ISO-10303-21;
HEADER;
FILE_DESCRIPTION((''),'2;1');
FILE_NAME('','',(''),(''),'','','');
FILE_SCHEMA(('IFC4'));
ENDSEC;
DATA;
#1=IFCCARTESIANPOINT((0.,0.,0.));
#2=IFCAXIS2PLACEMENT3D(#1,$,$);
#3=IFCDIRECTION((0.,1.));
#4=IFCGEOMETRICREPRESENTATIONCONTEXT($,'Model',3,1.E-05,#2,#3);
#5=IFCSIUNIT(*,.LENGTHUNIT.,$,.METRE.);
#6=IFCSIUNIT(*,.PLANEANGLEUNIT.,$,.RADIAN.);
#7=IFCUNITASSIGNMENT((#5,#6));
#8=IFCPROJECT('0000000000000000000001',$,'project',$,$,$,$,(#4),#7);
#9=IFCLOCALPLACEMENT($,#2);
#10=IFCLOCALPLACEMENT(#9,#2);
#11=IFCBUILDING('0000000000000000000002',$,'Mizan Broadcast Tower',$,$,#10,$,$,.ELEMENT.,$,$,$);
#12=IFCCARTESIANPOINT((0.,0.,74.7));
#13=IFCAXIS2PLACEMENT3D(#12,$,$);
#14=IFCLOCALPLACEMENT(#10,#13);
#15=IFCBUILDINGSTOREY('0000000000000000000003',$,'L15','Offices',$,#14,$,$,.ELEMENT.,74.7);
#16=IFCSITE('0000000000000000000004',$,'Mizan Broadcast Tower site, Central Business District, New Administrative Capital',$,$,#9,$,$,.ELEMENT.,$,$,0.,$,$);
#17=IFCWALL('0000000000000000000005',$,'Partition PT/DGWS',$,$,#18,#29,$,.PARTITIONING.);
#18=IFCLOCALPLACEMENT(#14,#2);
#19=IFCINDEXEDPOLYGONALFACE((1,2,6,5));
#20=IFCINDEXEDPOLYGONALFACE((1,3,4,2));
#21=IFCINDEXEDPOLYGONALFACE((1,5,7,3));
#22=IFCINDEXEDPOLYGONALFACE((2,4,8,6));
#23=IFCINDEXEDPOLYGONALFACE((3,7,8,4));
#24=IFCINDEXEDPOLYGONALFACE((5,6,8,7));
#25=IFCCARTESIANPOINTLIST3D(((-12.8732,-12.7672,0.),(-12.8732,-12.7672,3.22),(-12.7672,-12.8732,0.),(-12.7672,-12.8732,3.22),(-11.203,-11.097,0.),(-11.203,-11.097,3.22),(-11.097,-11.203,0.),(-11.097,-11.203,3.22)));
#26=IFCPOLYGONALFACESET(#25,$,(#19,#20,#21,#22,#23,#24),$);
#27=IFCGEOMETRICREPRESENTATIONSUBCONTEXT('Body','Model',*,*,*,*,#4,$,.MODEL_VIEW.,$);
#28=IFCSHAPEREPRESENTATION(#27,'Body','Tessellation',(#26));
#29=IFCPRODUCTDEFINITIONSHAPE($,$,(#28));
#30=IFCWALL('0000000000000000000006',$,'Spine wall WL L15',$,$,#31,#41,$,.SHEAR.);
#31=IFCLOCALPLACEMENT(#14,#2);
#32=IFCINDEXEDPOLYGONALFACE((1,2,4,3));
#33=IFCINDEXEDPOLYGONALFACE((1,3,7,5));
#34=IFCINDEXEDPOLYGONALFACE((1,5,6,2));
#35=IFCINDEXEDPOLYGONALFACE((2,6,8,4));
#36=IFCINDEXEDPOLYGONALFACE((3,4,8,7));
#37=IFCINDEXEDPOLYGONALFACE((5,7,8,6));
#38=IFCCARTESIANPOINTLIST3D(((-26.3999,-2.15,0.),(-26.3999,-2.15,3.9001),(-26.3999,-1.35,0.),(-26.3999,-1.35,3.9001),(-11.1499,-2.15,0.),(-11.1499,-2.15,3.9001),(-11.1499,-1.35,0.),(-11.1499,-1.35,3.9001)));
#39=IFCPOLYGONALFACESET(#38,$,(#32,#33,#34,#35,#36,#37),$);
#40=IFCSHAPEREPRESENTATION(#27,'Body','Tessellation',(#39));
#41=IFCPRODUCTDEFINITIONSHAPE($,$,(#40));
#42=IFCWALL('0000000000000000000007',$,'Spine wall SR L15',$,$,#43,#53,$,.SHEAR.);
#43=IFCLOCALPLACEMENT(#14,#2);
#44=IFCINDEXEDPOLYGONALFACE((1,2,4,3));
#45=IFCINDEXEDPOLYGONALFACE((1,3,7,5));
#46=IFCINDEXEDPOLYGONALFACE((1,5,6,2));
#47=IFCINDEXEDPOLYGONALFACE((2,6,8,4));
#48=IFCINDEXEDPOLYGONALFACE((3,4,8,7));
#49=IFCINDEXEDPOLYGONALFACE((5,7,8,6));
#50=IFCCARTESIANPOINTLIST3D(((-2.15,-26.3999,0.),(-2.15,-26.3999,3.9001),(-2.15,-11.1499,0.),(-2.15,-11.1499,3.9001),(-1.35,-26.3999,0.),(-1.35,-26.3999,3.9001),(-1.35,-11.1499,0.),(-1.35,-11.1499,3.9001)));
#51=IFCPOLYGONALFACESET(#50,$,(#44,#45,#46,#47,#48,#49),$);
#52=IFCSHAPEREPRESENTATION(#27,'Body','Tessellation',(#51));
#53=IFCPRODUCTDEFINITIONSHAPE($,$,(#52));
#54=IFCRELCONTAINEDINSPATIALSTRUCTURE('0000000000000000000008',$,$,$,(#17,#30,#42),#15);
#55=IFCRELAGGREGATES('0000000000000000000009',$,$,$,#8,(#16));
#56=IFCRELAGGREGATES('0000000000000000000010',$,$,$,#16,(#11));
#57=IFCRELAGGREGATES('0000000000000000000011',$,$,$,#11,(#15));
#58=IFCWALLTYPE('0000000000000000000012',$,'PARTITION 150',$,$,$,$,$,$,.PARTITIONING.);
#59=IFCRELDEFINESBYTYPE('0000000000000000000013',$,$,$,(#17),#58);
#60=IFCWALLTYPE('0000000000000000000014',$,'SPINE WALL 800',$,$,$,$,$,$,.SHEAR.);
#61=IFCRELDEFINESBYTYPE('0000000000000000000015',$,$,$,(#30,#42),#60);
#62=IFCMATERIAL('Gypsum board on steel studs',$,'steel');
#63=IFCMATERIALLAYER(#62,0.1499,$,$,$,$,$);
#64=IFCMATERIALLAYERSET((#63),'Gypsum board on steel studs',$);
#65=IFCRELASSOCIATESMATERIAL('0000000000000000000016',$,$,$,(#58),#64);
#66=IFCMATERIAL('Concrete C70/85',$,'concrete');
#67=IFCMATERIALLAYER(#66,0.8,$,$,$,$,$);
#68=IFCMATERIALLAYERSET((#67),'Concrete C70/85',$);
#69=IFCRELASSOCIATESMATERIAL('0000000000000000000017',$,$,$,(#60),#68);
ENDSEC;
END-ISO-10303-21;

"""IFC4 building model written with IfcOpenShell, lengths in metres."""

from ifc_helpers import new_model, si_unit, direction, frame, frame_2d, origin, place, context, subcontext, project, spatial, rectangle, extrude, material, layer, layer_set, type_object, element, save


model = new_model("IFC4")

# Units and contexts
model_context = context("Model", 3, precision=1e-05, world=origin(), true_north=direction((0.0, 1.0)))
body_context = subcontext(model_context, "Body", "Model", "MODEL_VIEW")
ifc_project = project(units=[si_unit("LENGTHUNIT", "METRE"), si_unit("PLANEANGLEUNIT", "RADIAN")], contexts=[model_context])

# Site, building, storey
site_placement = place(None, origin())
site = spatial("IfcSite", under=ifc_project, at=site_placement, Name="Mizan Broadcast Tower site, Central Business District, New Administrative Capital", CompositionType="ELEMENT", RefElevation=0.0)
building_placement = place(site_placement, origin())
building = spatial("IfcBuilding", under=site, at=building_placement, Name="Mizan Broadcast Tower", CompositionType="ELEMENT")
storey_placement = place(building_placement, frame((0.0, 0.0, 74.7)))
storey = spatial("IfcBuildingStorey", under=building, at=storey_placement, Name="L15", Description="Offices", CompositionType="ELEMENT", Elevation=74.7)

# Walls
ifc_material_1 = material(Name="Gypsum board on steel studs", Category="steel")
ifc_layer_1 = layer(ifc_material_1, 0.1499)
ifc_layer_set_1 = layer_set([ifc_layer_1], Name="Gypsum board on steel studs")
wall_type_1 = type_object("IfcWallType", Name="PARTITION 150", PredefinedType="PARTITIONING", material=ifc_layer_set_1)
wall_1_placement = place(storey_placement, frame((-11.1499, -11.1499, 0.0), z_axis=(0.0, 0.0, 1.0), x_axis=(-0.707107, -0.707107, 0.0)))
element("IfcWall", 1, at=wall_1_placement, inside=storey, type_object=wall_type_1, Name="Partition PT/DGWS", PredefinedType="PARTITIONING", context=body_context, shape_type="SweptSolid", body=[
    extrude(rectangle(XDim=2.3621, YDim=0.1499, at=frame_2d((1.1812, 0.0))), origin(), (0.0, 0.0, 1.0), 3.22),
])
ifc_material_2 = material(Name="Concrete C70/85", Category="concrete")
ifc_layer_2 = layer(ifc_material_2, 0.8)
ifc_layer_set_2 = layer_set([ifc_layer_2], Name="Concrete C70/85")
wall_type_2 = type_object("IfcWallType", Name="SPINE WALL 800", PredefinedType="SHEAR", material=ifc_layer_set_2)
for number, where, z_axis, x_axis, name in (
    (2, (-11.1499, -1.75, 0.0), (0.0, 0.0, 1.0), (-1.0, 0.0, 0.0), "Spine wall WL L15"),
    (3, (-1.75, -11.1499, 0.0), (0.0, 0.0, 1.0), (0.0, -1.0, 0.0), "Spine wall SR L15"),
):
    element("IfcWall", number, at=place(storey_placement, frame(where, z_axis=z_axis, x_axis=x_axis)), inside=storey, type_object=wall_type_2, Name=name, PredefinedType="SHEAR", context=body_context, shape_type="SweptSolid", body=[
        extrude(rectangle(XDim=15.25, YDim=0.8, at=frame_2d((7.625, 0.0))), origin(), (0.0, 0.0, 1.0), 3.9001),
    ])

save(model, "model.ifc")
